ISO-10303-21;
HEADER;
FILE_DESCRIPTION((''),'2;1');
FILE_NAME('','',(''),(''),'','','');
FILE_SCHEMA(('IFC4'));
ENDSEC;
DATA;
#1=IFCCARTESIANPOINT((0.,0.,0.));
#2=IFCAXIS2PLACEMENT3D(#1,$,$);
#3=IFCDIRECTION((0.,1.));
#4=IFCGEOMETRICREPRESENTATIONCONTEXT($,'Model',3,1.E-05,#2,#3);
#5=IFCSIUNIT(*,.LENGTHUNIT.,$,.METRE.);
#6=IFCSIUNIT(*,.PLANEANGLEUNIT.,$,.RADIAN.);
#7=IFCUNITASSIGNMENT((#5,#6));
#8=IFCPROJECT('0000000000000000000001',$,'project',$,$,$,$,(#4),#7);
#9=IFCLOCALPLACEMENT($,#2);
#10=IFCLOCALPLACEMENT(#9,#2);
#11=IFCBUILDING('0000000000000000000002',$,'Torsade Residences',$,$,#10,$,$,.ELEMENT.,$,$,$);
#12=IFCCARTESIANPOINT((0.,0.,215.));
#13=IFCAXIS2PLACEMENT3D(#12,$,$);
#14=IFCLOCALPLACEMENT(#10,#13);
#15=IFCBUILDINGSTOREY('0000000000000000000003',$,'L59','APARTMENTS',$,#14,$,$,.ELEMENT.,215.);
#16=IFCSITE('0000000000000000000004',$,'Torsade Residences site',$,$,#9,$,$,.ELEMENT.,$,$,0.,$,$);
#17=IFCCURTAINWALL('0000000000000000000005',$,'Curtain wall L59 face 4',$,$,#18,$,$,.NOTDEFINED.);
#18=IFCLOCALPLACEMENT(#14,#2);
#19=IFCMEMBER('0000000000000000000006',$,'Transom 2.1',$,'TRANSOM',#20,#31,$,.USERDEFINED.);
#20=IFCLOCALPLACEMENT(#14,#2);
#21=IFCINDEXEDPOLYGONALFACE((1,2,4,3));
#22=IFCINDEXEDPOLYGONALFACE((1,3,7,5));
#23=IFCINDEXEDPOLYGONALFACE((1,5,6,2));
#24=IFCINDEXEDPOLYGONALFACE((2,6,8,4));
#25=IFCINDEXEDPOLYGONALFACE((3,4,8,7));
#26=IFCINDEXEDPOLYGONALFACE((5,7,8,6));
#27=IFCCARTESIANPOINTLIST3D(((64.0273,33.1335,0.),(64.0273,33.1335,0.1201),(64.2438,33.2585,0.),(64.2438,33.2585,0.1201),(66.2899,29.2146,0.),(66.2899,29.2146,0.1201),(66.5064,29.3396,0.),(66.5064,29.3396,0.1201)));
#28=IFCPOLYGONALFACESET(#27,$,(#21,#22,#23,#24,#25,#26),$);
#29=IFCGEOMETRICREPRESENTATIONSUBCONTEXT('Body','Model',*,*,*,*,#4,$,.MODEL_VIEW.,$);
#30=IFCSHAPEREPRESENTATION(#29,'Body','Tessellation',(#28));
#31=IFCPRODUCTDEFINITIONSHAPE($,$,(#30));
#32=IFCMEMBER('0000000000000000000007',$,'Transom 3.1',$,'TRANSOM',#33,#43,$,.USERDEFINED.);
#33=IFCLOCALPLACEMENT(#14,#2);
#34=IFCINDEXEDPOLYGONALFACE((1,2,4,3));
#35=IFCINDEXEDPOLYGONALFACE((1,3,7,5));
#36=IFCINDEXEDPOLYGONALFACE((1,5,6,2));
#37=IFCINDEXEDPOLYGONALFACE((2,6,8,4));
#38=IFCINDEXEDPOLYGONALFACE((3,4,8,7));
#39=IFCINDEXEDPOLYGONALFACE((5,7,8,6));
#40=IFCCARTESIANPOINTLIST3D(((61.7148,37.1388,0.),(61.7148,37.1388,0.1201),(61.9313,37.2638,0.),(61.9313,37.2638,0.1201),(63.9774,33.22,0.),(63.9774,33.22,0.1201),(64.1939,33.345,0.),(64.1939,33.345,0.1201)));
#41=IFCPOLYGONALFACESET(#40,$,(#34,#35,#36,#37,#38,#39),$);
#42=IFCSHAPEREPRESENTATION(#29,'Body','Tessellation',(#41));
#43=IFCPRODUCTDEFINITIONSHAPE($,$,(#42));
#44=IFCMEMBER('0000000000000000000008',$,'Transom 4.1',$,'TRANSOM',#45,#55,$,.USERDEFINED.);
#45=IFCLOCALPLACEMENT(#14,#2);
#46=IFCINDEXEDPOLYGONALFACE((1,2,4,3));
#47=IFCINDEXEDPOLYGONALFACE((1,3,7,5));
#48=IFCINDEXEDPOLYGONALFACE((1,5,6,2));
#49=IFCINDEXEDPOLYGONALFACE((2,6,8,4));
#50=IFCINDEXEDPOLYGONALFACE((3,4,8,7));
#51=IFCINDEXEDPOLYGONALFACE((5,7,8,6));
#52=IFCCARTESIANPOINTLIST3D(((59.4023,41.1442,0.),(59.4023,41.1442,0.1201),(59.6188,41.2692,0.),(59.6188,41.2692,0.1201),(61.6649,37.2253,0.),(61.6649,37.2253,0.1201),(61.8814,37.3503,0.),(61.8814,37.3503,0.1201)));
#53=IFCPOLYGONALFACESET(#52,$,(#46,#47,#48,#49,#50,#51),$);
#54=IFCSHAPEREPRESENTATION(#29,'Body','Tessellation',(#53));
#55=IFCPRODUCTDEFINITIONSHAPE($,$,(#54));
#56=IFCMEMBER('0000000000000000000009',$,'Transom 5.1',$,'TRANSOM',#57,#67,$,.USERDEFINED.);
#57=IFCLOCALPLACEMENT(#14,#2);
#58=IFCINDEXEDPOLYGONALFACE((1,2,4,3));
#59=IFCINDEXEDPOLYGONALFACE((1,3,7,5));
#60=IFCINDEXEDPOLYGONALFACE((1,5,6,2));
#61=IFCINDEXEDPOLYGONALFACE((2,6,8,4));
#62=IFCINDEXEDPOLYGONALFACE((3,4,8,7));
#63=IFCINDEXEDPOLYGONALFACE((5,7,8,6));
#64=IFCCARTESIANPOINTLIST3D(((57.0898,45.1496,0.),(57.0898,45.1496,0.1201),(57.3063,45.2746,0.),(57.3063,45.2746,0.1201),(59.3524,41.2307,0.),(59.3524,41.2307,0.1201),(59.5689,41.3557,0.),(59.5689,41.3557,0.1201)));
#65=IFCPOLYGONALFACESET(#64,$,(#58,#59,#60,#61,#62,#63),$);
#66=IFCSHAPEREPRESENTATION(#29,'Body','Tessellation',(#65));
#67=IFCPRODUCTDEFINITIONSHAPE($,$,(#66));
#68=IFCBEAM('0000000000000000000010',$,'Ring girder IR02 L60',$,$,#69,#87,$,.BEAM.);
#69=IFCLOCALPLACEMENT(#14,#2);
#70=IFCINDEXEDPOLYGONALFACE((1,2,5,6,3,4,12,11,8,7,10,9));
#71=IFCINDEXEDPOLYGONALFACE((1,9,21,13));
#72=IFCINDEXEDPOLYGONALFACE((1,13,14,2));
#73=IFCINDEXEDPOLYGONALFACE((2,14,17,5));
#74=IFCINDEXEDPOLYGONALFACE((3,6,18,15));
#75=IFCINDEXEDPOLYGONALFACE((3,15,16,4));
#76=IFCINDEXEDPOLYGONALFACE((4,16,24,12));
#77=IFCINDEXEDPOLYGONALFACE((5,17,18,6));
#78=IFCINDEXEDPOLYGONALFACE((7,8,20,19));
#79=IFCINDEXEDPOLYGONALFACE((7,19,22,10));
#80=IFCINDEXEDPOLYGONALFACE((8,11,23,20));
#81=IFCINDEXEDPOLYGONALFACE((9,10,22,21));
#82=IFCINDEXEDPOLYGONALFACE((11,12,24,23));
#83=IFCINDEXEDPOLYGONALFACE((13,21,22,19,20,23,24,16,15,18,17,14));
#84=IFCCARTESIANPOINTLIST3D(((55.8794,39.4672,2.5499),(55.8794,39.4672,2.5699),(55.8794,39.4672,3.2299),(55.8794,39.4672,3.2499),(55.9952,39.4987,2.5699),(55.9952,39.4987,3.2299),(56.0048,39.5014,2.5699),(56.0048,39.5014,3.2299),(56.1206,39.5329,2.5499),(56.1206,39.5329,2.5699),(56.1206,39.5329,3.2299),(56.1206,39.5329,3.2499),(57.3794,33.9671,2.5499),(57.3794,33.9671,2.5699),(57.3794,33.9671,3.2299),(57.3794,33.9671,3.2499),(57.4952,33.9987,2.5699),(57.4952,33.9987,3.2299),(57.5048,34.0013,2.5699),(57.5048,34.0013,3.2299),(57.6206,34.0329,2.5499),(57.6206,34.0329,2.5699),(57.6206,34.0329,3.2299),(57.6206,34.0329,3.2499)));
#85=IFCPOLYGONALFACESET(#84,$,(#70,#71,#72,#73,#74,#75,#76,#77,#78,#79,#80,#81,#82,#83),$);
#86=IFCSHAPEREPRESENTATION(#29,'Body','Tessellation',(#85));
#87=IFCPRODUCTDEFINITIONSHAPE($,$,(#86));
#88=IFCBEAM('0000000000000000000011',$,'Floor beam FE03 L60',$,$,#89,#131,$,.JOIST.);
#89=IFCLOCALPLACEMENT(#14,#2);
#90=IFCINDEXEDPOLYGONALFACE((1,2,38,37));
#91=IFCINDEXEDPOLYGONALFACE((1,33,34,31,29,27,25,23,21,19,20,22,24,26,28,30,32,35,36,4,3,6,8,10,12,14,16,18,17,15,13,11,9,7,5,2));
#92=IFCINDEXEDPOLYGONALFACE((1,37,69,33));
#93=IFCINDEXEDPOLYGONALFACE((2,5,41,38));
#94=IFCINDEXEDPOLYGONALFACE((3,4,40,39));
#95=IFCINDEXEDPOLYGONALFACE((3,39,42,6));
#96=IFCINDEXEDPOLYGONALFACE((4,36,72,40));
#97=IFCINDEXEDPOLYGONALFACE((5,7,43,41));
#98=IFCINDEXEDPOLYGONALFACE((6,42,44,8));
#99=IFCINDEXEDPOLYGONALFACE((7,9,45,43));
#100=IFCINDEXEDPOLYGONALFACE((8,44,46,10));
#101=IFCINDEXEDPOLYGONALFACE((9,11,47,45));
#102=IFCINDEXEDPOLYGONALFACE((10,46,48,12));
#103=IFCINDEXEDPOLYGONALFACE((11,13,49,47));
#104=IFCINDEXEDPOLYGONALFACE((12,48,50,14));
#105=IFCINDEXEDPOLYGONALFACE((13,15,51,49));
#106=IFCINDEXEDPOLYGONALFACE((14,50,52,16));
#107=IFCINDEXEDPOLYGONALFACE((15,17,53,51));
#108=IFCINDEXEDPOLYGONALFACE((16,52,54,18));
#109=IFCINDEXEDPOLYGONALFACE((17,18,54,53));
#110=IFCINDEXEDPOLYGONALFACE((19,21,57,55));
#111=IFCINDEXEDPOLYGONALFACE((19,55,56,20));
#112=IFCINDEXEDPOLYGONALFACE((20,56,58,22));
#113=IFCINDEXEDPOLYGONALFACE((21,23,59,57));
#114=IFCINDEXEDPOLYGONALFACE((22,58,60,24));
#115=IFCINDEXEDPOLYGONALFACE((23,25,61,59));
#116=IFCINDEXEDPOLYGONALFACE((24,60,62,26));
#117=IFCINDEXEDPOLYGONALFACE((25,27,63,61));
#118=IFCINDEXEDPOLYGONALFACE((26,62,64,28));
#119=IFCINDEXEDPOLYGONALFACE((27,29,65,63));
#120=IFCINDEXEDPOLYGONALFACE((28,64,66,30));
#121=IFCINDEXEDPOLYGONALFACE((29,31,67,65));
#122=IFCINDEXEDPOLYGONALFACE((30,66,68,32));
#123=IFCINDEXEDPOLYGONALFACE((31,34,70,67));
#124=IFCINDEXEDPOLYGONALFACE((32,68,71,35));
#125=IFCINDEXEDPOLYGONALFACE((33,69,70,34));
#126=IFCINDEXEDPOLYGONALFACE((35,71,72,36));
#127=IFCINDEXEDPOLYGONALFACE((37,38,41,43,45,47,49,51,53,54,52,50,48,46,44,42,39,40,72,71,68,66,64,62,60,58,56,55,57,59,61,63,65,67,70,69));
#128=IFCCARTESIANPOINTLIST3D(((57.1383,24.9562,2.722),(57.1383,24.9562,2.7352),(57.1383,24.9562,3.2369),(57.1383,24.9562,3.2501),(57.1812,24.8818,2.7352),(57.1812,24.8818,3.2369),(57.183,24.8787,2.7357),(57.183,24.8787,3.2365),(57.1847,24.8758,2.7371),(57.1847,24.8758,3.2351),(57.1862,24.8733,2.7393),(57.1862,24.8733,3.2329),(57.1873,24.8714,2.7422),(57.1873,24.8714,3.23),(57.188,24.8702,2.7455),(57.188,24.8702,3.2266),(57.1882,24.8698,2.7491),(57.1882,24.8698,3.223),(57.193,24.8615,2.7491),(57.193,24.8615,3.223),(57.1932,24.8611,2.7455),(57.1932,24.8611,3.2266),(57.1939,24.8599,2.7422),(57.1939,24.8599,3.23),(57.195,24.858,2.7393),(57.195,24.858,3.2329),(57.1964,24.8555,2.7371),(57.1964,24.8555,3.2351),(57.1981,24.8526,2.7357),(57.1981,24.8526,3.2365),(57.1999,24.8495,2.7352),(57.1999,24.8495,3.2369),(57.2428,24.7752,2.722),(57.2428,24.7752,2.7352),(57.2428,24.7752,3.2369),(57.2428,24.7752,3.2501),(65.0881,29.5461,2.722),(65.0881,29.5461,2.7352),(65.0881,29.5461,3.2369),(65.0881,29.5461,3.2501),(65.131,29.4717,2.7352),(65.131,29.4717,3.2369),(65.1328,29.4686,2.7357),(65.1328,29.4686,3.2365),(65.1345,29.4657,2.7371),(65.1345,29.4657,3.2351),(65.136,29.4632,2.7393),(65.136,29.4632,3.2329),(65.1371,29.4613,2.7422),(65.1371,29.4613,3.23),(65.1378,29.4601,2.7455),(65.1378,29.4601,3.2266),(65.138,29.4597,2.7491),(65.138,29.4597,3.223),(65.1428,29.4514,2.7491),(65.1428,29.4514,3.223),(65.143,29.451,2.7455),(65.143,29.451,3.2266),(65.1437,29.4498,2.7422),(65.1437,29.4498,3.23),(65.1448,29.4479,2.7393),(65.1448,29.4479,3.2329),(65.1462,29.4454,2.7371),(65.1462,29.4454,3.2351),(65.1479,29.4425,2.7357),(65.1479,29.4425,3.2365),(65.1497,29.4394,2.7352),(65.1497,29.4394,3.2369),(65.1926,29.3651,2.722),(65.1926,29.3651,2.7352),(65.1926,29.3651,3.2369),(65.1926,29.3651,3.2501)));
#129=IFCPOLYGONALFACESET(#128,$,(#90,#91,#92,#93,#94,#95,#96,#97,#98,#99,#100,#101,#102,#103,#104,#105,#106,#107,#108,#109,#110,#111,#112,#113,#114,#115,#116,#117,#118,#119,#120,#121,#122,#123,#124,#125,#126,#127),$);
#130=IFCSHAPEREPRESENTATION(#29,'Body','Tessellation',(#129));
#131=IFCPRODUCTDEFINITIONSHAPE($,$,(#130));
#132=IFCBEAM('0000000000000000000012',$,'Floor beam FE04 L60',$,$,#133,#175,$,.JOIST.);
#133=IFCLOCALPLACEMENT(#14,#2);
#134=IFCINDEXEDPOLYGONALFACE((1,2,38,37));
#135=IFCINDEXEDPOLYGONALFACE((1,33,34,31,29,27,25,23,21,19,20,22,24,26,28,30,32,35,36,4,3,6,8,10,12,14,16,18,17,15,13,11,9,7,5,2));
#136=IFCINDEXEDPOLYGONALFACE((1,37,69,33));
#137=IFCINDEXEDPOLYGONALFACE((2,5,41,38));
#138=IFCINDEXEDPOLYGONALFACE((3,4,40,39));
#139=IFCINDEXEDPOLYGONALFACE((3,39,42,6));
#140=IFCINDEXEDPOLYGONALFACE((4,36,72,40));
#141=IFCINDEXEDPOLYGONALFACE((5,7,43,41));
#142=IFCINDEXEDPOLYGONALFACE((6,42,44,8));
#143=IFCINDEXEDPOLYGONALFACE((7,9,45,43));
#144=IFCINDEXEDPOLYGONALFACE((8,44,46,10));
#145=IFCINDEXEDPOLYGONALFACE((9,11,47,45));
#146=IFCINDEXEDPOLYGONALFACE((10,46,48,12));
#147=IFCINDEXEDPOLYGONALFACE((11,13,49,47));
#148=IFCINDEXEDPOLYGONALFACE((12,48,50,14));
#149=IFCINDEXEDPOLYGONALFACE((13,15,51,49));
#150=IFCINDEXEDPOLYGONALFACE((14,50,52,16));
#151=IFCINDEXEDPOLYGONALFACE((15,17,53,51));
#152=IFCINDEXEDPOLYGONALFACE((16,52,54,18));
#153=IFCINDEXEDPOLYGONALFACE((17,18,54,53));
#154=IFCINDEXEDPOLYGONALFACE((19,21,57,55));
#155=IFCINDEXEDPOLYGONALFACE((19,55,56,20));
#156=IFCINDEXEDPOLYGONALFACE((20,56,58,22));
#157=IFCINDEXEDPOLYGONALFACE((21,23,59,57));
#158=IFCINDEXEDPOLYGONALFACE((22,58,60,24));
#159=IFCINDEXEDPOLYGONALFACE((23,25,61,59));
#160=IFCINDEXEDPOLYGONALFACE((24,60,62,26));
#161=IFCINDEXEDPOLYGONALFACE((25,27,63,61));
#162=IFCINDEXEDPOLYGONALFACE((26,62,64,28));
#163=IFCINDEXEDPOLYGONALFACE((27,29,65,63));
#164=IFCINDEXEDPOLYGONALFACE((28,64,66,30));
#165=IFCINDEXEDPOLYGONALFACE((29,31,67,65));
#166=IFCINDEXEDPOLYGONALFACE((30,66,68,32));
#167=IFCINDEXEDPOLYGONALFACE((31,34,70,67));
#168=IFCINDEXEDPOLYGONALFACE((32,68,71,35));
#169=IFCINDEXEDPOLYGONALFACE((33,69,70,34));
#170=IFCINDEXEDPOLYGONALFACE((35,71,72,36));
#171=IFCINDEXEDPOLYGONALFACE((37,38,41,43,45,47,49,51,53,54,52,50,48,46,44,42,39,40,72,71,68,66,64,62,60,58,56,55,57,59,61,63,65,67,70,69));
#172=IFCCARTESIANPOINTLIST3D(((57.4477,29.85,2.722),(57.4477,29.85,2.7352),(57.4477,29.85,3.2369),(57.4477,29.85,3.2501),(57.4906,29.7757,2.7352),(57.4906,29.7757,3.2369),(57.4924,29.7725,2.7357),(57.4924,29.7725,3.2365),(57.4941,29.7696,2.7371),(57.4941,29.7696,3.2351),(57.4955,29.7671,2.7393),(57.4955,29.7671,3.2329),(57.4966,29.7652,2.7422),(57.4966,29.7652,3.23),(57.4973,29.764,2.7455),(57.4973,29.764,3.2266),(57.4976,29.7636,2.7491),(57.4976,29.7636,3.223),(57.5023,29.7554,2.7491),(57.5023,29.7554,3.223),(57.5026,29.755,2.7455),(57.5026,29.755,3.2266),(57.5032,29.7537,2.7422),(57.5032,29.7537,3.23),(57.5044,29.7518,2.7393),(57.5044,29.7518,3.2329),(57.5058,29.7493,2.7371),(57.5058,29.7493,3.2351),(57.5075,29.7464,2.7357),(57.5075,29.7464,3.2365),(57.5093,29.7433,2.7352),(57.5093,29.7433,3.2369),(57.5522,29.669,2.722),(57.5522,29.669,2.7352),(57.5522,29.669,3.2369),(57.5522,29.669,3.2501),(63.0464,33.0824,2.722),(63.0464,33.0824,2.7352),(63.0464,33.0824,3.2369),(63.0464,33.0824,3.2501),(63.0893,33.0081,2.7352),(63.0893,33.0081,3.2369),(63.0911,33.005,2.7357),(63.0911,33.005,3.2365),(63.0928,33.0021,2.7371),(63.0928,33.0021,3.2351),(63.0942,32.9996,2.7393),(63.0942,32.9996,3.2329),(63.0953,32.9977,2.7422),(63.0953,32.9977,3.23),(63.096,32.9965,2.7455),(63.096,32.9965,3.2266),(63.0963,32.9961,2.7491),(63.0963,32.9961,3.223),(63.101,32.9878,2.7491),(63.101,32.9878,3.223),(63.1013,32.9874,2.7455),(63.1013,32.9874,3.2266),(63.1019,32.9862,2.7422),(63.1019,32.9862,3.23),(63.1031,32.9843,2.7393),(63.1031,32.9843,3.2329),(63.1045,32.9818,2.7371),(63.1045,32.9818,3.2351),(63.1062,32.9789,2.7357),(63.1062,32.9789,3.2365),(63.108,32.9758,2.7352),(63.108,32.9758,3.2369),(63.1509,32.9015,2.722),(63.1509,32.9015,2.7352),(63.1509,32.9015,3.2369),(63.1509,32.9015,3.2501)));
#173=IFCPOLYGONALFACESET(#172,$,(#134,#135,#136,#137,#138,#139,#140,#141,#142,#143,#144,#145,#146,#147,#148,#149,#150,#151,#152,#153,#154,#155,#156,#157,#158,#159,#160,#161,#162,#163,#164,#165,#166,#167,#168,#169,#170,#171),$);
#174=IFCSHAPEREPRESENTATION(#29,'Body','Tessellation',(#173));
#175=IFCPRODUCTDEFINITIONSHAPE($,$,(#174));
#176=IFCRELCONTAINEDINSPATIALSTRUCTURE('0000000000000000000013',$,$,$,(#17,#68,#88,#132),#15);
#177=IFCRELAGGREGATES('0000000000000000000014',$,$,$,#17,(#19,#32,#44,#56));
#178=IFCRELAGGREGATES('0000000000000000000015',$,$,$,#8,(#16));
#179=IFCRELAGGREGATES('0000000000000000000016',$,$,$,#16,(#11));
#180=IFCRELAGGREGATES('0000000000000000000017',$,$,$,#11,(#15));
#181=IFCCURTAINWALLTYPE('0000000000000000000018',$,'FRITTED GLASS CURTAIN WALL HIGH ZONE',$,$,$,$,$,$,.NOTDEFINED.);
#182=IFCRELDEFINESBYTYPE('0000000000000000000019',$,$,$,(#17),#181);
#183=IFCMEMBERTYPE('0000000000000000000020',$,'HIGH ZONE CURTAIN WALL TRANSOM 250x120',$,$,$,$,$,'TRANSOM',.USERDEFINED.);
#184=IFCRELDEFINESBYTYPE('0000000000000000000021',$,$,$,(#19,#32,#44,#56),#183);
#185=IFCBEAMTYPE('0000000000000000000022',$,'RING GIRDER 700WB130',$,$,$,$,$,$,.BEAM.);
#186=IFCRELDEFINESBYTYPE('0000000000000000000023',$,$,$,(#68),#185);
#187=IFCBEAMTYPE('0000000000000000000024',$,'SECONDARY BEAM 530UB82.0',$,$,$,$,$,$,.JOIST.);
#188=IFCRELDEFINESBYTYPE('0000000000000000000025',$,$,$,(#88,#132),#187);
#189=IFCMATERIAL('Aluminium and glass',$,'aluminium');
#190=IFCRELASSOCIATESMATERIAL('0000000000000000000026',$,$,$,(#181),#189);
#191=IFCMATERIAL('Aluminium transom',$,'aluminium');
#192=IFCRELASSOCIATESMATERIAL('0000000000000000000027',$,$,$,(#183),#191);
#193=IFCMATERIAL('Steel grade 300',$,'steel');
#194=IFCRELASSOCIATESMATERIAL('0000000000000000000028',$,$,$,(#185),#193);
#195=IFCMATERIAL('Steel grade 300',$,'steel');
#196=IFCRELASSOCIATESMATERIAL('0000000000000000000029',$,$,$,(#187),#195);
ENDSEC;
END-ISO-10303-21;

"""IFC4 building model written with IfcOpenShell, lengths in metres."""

from ifc_helpers import new_model, si_unit, direction, frame, origin, origin_2d, place, context, subcontext, project, spatial, rectangle, i_section, extrude, material, material_profile, profile_set, type_object, element, aggregate, save


model = new_model("IFC4")

# Units and contexts
model_context = context("Model", 3, precision=1e-05, world=origin(), true_north=direction((0.0, 1.0)))
body_context = subcontext(model_context, "Body", "Model", "MODEL_VIEW")
ifc_project = project(units=[si_unit("LENGTHUNIT", "METRE"), si_unit("PLANEANGLEUNIT", "RADIAN")], contexts=[model_context])

# Site, building, storey
site_placement = place(None, origin())
site = spatial("IfcSite", under=ifc_project, at=site_placement, Name="Torsade Residences site", CompositionType="ELEMENT", RefElevation=0.0)
building_placement = place(site_placement, origin())
building = spatial("IfcBuilding", under=site, at=building_placement, Name="Torsade Residences", CompositionType="ELEMENT")
storey_placement = place(building_placement, frame((0.0, 0.0, 215.0)))
storey = spatial("IfcBuildingStorey", under=building, at=storey_placement, Name="L59", Description="APARTMENTS", CompositionType="ELEMENT", Elevation=215.0)

# Curtain wall, members
ifc_material_1 = material(Name="Aluminium and glass", Category="aluminium")
curtain_wall_type = type_object("IfcCurtainWallType", Name="FRITTED GLASS CURTAIN WALL HIGH ZONE", PredefinedType="NOTDEFINED", material=ifc_material_1)
curtain_wall_placement = place(storey_placement, origin())
curtain_wall = element("IfcCurtainWall", 1, at=curtain_wall_placement, inside=storey, type_object=curtain_wall_type, Name="Curtain wall L59 face 4", PredefinedType="NOTDEFINED")
ifc_material_2 = material(Name="Aluminium transom", Category="aluminium")
ifc_material_profile_1 = material_profile(ifc_material_2, rectangle(XDim=0.25, YDim=0.1201, at=origin_2d()), Name="HIGH ZONE CURTAIN WALL TRANSOM 250x120")
ifc_profile_set_1 = profile_set([ifc_material_profile_1], Name="Aluminium transom")
member_type_1 = type_object("IfcMemberType", Name="HIGH ZONE CURTAIN WALL TRANSOM 250x120", ElementType="TRANSOM", PredefinedType="USERDEFINED", material=ifc_profile_set_1)
member_1_placement = place(storey_placement, frame((66.3982, 29.2771, 0.0601), z_axis=(-0.500015, 0.866017, 0.0), x_axis=(-0.866017, -0.500015, 0.0)))
member_1 = element("IfcMember", 2, at=member_1_placement, type_object=member_type_1, Name="Transom 2.1", ObjectType="TRANSOM", PredefinedType="USERDEFINED", context=body_context, shape_type="SweptSolid", body=[
    extrude(rectangle(XDim=0.25, YDim=0.1201, at=origin_2d()), origin(), (0.0, 0.0, 1.0), 4.5251),
])
member_2_placement = place(storey_placement, frame((64.0857, 33.2825, 0.0601), z_axis=(-0.500015, 0.866017, 0.0), x_axis=(-0.866017, -0.500015, 0.0)))
member_2 = element("IfcMember", 3, at=member_2_placement, type_object=member_type_1, Name="Transom 3.1", ObjectType="TRANSOM", PredefinedType="USERDEFINED", context=body_context, shape_type="SweptSolid", body=[
    extrude(rectangle(XDim=0.25, YDim=0.1201, at=origin_2d()), origin(), (0.0, 0.0, 1.0), 4.5251),
])
member_3_placement = place(storey_placement, frame((61.7732, 37.2878, 0.0601), z_axis=(-0.500015, 0.866017, 0.0), x_axis=(-0.866017, -0.500015, 0.0)))
member_3 = element("IfcMember", 4, at=member_3_placement, type_object=member_type_1, Name="Transom 4.1", ObjectType="TRANSOM", PredefinedType="USERDEFINED", context=body_context, shape_type="SweptSolid", body=[
    extrude(rectangle(XDim=0.25, YDim=0.1201, at=origin_2d()), origin(), (0.0, 0.0, 1.0), 4.5251),
])
member_4_placement = place(storey_placement, frame((59.4607, 41.2932, 0.0601), z_axis=(-0.500015, 0.866017, 0.0), x_axis=(-0.866017, -0.500015, 0.0)))
member_4 = element("IfcMember", 5, at=member_4_placement, type_object=member_type_1, Name="Transom 5.1", ObjectType="TRANSOM", PredefinedType="USERDEFINED", context=body_context, shape_type="SweptSolid", body=[
    extrude(rectangle(XDim=0.25, YDim=0.1201, at=origin_2d()), origin(), (0.0, 0.0, 1.0), 4.5251),
])

# Beams
ifc_material_3 = material(Name="Steel grade 300", Category="steel")
ifc_material_profile_2 = material_profile(ifc_material_3, i_section(OverallWidth=0.25, OverallDepth=0.7, WebThickness=0.01, FlangeThickness=0.02, at=origin_2d()), Name="700WB130")
ifc_profile_set_2 = profile_set([ifc_material_profile_2], Name="Steel grade 300")
beam_type_1 = type_object("IfcBeamType", Name="RING GIRDER 700WB130", PredefinedType="BEAM", material=ifc_profile_set_2)
beam_1_placement = place(storey_placement, frame((57.5, 34.0, 2.8999), z_axis=(-0.263117, 0.964764, 0.0), x_axis=(-0.964764, -0.263117, 0.0)))
element("IfcBeam", 6, at=beam_1_placement, inside=storey, type_object=beam_type_1, Name="Ring girder IR02 L60", PredefinedType="BEAM", context=body_context, shape_type="SweptSolid", body=[
    extrude(i_section(OverallWidth=0.25, OverallDepth=0.7, WebThickness=0.01, FlangeThickness=0.02, at=origin_2d()), origin(), (0.0, 0.0, 1.0), 5.7009),
])
ifc_material_4 = material(Name="Steel grade 300", Category="steel")
ifc_material_profile_3 = material_profile(ifc_material_4, i_section(OverallWidth=0.209, OverallDepth=0.5281, WebThickness=0.0095, FlangeThickness=0.0132, FilletRadius=0.0139, at=origin_2d()), Name="530UB82.0")
ifc_profile_set_3 = profile_set([ifc_material_profile_3], Name="Steel grade 300")
beam_type_2 = type_object("IfcBeamType", Name="SECONDARY BEAM 530UB82.0", PredefinedType="JOIST", material=ifc_profile_set_3)
beam_2_placement = place(storey_placement, frame((65.1404, 29.4556, 2.9861), z_axis=(-0.866022, -0.500006, 0.0), x_axis=(0.500006, -0.866022, 0.0)))
element("IfcBeam", 7, at=beam_2_placement, inside=storey, type_object=beam_type_2, Name="Floor beam FE03 L60", PredefinedType="JOIST", context=body_context, shape_type="SweptSolid", body=[
    extrude(i_section(OverallWidth=0.209, OverallDepth=0.5281, WebThickness=0.0095, FlangeThickness=0.0132, FilletRadius=0.0139, at=origin_2d()), origin(), (0.0, 0.0, 1.0), 9.1797),
])
beam_3_placement = place(storey_placement, frame((63.0986, 32.9919, 2.9861), z_axis=(-0.866022, -0.500006, 0.0), x_axis=(0.500006, -0.866022, 0.0)))
element("IfcBeam", 8, at=beam_3_placement, inside=storey, type_object=beam_type_2, Name="Floor beam FE04 L60", PredefinedType="JOIST", context=body_context, shape_type="SweptSolid", body=[
    extrude(i_section(OverallWidth=0.209, OverallDepth=0.5281, WebThickness=0.0095, FlangeThickness=0.0132, FilletRadius=0.0139, at=origin_2d()), origin(), (0.0, 0.0, 1.0), 6.4648),
])

aggregate(curtain_wall, [member_1, member_2, member_3, member_4])

save(model, "model.ifc")
